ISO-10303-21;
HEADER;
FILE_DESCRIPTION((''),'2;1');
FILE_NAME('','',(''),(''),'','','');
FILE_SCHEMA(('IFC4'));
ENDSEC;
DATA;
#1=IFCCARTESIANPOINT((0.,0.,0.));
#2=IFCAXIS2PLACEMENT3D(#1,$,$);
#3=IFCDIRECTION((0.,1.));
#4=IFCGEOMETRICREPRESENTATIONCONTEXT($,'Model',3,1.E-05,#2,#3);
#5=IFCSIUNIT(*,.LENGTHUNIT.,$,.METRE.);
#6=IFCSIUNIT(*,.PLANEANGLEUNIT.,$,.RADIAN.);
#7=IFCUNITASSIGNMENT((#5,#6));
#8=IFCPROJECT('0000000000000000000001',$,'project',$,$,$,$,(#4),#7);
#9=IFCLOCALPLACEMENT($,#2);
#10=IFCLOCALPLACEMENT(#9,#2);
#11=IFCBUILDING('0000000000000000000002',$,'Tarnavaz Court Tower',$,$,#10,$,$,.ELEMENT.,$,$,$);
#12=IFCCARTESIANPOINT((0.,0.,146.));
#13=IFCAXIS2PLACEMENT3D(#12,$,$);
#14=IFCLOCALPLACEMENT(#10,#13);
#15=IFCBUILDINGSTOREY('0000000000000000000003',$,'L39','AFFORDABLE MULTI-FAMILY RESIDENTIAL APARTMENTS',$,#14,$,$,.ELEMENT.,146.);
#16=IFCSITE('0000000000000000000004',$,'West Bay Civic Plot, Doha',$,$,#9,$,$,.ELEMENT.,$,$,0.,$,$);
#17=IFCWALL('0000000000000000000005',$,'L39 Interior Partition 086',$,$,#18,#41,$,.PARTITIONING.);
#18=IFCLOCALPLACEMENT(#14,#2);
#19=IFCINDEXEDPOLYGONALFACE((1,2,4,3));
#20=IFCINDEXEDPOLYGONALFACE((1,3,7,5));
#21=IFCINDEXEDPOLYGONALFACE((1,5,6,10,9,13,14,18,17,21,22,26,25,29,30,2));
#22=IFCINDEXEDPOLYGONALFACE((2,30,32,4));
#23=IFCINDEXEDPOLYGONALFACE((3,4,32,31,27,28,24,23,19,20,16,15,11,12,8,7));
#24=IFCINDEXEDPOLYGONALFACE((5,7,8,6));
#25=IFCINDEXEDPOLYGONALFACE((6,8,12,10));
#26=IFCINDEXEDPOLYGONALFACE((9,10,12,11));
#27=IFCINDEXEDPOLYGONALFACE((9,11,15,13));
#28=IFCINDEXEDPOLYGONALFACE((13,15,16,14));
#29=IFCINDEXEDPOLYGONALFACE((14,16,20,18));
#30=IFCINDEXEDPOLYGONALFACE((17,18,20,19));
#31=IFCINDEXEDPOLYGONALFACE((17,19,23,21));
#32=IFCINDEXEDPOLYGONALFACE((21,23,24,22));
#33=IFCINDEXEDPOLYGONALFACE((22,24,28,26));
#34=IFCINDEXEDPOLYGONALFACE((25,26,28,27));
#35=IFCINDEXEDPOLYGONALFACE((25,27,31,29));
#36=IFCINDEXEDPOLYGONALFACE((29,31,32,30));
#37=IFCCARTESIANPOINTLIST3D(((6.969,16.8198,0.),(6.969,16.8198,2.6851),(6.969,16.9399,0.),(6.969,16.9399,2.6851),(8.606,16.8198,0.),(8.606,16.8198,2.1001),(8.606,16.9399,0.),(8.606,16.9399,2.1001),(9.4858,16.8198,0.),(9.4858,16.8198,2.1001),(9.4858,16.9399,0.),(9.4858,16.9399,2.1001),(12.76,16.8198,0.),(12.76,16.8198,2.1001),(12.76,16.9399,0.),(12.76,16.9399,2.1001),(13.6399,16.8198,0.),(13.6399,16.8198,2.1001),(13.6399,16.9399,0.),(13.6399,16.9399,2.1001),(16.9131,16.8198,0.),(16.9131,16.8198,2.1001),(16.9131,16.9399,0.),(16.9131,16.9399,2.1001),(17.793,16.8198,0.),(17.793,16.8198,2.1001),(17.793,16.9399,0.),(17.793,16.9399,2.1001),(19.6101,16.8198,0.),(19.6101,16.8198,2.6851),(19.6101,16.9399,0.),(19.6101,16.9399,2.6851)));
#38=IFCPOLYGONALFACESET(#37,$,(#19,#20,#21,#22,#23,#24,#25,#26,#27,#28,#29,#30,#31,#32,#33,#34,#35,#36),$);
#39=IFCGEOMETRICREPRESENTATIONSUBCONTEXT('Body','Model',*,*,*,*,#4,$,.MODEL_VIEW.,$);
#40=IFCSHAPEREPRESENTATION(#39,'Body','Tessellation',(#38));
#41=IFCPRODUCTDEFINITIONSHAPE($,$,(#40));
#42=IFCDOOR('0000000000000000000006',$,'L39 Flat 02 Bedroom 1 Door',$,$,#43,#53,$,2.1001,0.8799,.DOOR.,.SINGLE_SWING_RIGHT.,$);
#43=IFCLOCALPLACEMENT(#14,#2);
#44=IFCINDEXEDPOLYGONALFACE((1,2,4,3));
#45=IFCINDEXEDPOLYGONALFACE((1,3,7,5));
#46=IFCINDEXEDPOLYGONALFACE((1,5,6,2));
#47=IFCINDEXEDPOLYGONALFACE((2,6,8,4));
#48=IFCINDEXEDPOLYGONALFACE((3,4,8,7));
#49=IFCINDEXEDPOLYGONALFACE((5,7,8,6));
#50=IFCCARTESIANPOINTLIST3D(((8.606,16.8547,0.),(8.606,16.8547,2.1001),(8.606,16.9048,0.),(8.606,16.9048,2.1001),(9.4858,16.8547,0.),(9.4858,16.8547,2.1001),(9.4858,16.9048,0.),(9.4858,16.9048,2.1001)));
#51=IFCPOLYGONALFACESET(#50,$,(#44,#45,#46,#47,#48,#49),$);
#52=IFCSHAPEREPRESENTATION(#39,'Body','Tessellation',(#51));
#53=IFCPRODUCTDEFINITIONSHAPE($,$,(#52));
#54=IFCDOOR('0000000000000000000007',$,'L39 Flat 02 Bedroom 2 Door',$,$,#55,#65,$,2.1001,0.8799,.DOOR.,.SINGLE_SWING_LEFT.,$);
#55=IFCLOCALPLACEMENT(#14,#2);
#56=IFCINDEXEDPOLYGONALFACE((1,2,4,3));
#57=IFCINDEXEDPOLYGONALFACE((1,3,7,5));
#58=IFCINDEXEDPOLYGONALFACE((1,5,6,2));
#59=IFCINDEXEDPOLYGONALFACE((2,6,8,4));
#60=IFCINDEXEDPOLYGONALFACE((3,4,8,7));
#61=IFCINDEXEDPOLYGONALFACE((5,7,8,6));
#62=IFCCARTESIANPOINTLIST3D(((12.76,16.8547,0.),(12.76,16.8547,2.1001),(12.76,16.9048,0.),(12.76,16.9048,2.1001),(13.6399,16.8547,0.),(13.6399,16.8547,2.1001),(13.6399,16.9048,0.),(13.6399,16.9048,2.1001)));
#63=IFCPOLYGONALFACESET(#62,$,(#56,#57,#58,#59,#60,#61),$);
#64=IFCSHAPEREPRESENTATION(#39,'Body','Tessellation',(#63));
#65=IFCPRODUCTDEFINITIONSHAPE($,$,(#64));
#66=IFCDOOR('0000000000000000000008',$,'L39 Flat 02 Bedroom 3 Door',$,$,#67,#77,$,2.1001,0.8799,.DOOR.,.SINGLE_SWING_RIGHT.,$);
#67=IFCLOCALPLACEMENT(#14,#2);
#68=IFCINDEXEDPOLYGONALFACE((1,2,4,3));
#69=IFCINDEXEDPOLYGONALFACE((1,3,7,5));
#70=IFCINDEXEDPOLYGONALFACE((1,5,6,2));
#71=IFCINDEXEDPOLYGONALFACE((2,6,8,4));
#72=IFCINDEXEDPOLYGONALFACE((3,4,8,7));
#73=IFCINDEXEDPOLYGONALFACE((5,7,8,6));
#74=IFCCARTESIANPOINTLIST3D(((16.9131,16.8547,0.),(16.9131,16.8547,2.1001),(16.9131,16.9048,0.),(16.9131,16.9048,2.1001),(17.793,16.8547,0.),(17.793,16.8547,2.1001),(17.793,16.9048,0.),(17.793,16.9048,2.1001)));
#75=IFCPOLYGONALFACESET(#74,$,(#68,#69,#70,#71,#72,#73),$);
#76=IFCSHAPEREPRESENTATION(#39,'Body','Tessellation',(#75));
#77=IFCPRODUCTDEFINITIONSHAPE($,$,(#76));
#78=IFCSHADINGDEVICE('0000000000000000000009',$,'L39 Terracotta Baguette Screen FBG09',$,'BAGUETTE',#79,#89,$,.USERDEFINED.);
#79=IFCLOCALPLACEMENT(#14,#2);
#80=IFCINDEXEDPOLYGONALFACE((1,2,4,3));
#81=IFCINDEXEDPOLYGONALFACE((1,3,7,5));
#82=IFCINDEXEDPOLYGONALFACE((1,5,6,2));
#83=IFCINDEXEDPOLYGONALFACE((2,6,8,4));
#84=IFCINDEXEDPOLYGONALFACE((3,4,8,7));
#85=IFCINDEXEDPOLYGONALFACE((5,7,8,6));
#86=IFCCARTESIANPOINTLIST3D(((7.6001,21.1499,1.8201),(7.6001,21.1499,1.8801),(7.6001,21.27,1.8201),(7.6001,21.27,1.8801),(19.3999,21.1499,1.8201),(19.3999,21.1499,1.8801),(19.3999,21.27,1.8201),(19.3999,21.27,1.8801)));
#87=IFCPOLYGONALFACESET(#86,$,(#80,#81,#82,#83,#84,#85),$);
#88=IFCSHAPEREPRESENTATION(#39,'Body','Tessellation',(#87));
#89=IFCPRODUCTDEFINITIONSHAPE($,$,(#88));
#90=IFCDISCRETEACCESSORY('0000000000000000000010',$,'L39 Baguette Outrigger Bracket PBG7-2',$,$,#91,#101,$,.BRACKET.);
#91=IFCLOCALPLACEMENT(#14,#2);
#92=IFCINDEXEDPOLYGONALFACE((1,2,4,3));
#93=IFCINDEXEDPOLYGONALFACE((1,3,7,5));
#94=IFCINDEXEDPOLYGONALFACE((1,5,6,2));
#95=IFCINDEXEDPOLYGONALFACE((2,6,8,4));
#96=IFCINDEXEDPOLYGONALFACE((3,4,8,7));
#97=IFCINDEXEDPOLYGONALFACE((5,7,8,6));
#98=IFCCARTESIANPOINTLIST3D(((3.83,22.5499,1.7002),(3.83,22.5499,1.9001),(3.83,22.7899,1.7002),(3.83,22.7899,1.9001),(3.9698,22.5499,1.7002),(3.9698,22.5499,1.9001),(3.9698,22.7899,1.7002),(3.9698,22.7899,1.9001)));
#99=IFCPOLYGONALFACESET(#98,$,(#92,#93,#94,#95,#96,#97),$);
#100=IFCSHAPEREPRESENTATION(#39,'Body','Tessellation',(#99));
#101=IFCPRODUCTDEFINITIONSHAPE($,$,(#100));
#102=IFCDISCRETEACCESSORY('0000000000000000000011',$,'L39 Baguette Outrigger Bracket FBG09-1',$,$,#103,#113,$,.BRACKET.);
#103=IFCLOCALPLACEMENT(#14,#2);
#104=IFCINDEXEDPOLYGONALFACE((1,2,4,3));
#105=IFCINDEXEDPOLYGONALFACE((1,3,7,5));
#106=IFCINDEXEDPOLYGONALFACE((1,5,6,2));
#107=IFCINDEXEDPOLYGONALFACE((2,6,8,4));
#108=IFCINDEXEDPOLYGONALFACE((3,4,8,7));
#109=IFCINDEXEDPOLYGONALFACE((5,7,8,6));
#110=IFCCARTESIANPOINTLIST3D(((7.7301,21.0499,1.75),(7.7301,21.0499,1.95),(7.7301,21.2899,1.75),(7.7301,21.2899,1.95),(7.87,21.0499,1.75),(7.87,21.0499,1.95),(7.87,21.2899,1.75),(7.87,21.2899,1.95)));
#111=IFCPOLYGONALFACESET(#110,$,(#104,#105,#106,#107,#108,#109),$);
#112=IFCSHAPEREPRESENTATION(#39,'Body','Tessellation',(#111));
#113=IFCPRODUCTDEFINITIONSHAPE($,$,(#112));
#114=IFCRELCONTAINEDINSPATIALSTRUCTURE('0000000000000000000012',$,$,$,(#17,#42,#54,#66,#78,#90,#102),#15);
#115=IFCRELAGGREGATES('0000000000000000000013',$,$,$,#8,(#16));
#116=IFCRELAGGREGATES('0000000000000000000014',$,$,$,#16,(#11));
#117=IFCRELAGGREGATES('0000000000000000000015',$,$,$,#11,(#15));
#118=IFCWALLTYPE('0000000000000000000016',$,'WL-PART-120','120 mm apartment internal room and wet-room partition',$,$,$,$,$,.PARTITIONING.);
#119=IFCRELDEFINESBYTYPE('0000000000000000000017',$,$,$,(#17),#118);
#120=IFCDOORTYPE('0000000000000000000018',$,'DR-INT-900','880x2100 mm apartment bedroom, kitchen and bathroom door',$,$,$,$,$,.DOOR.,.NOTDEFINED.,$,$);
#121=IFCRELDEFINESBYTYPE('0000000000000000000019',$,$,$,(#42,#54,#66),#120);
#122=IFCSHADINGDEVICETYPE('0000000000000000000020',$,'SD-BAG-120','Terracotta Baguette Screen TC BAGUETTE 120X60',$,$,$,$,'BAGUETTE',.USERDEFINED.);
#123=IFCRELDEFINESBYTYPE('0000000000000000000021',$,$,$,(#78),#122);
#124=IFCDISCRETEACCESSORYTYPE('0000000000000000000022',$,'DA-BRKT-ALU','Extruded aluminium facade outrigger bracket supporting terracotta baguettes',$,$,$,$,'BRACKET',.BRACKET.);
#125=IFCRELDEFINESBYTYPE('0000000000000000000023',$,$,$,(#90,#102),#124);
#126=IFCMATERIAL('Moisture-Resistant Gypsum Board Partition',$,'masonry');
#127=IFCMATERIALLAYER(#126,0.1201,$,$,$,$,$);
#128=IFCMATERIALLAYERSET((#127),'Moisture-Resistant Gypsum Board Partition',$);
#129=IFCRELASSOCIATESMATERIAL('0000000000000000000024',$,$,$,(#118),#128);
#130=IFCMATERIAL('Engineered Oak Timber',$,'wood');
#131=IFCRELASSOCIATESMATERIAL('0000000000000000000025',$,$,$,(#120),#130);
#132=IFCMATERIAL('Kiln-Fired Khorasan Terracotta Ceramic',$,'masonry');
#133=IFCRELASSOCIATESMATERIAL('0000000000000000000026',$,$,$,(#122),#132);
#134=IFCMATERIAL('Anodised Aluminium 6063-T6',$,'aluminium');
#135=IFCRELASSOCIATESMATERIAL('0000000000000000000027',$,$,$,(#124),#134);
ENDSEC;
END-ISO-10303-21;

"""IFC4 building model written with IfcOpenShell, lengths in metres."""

from ifc_helpers import new_model, si_unit, direction, frame, frame_2d, origin, origin_2d, place, context, subcontext, project, spatial, rectangle, extrude, material, layer, layer_set, material_profile, profile_set, type_object, element, fill, save


model = new_model("IFC4")

# Units and contexts
model_context = context("Model", 3, precision=1e-05, world=origin(), true_north=direction((0.0, 1.0)))
body_context = subcontext(model_context, "Body", "Model", "MODEL_VIEW")
ifc_project = project(units=[si_unit("LENGTHUNIT", "METRE"), si_unit("PLANEANGLEUNIT", "RADIAN")], contexts=[model_context])

# Site, building, storey
site_placement = place(None, origin())
site = spatial("IfcSite", under=ifc_project, at=site_placement, Name="West Bay Civic Plot, Doha", CompositionType="ELEMENT", RefElevation=0.0)
building_placement = place(site_placement, origin())
building = spatial("IfcBuilding", under=site, at=building_placement, Name="Tarnavaz Court Tower", CompositionType="ELEMENT")
storey_placement = place(building_placement, frame((0.0, 0.0, 146.0)))
storey = spatial("IfcBuildingStorey", under=building, at=storey_placement, Name="L39", Description="AFFORDABLE MULTI-FAMILY RESIDENTIAL APARTMENTS", CompositionType="ELEMENT", Elevation=146.0)

# Shared definitions
ifc_material_1 = material(Name="Anodised Aluminium 6063-T6", Category="aluminium")

# Shared definitions
ifc_material_2 = material(Name="Moisture-Resistant Gypsum Board Partition", Category="masonry")
ifc_layer_1 = layer(ifc_material_2, 0.1201)
ifc_layer_set_1 = layer_set([ifc_layer_1], Name="Moisture-Resistant Gypsum Board Partition")
wall_type_1 = type_object("IfcWallType", Name="WL-PART-120", Description="120 mm apartment internal room and wet-room partition", PredefinedType="PARTITIONING", material=ifc_layer_set_1)
ifc_material_3 = material(Name="Engineered Oak Timber", Category="wood")
door_type = type_object("IfcDoorType", Name="DR-INT-900", Description="880x2100 mm apartment bedroom, kitchen and bathroom door", OperationType="NOTDEFINED", PredefinedType="DOOR", material=ifc_material_3)

# Wall, openings, doors
wall_1_placement = place(storey_placement, frame((6.969, 16.8799, 0.0), z_axis=(0.0, 0.0, 1.0), x_axis=(1.0, 0.0, 0.0)))
wall_1 = element("IfcWall", 1, at=wall_1_placement, inside=storey, type_object=wall_type_1, Name="L39 Interior Partition 086", PredefinedType="PARTITIONING", context=body_context, shape_type="SweptSolid", body=[
    extrude(rectangle(XDim=12.6411, YDim=0.1201, at=frame_2d((6.3206, 0.0))), origin(), (0.0, 0.0, 1.0), 2.6851),
])
opening_1_placement = place(wall_1_placement, frame((1.637, 0.0, 0.0)))
opening_1 = element("IfcOpeningElement", 2, at=opening_1_placement, cuts=wall_1, PredefinedType="OPENING", context=body_context, shape_type="SweptSolid", body=[
    extrude(rectangle(XDim=0.8799, YDim=2.1001, at=frame_2d((0.4399, 1.05))), frame((0.0, 0.0701, 0.0), z_axis=(0.0, -1.0, 0.0), x_axis=(1.0, 0.0, 0.0)), (0.0, 0.0, 1.0), 0.1401),
])
opening_2_placement = place(wall_1_placement, frame((5.791, 0.0, 0.0)))
opening_2 = element("IfcOpeningElement", 3, at=opening_2_placement, cuts=wall_1, PredefinedType="OPENING", context=body_context, shape_type="SweptSolid", body=[
    extrude(rectangle(XDim=0.8799, YDim=2.1001, at=frame_2d((0.4399, 1.05))), frame((0.0, 0.0701, 0.0), z_axis=(0.0, -1.0, 0.0), x_axis=(1.0, 0.0, 0.0)), (0.0, 0.0, 1.0), 0.1401),
])
opening_3_placement = place(wall_1_placement, frame((9.9441, 0.0, 0.0)))
opening_3 = element("IfcOpeningElement", 4, at=opening_3_placement, cuts=wall_1, PredefinedType="OPENING", context=body_context, shape_type="SweptSolid", body=[
    extrude(rectangle(XDim=0.8799, YDim=2.1001, at=frame_2d((0.4399, 1.05))), frame((0.0, 0.0701, 0.0), z_axis=(0.0, -1.0, 0.0), x_axis=(1.0, 0.0, 0.0)), (0.0, 0.0, 1.0), 0.1401),
])
door_1_placement = place(opening_1_placement, origin())
door_1 = element("IfcDoor", 5, at=door_1_placement, inside=storey, type_object=door_type, Name="L39 Flat 02 Bedroom 1 Door", OperationType="SINGLE_SWING_RIGHT", OverallHeight=2.1001, OverallWidth=0.8799, PredefinedType="DOOR", context=body_context, shape_type="SweptSolid", body=[
    extrude(rectangle(XDim=0.8799, YDim=2.1001, at=frame_2d((0.4399, 1.05))), frame((0.0, 0.0249, 0.0), z_axis=(0.0, -1.0, 0.0), x_axis=(1.0, 0.0, 0.0)), (0.0, 0.0, 1.0), 0.05),
])
fill(opening_1, door_1)
door_2_placement = place(opening_2_placement, origin())
door_2 = element("IfcDoor", 6, at=door_2_placement, inside=storey, type_object=door_type, Name="L39 Flat 02 Bedroom 2 Door", OperationType="SINGLE_SWING_LEFT", OverallHeight=2.1001, OverallWidth=0.8799, PredefinedType="DOOR", context=body_context, shape_type="SweptSolid", body=[
    extrude(rectangle(XDim=0.8799, YDim=2.1001, at=frame_2d((0.4399, 1.05))), frame((0.0, 0.0249, 0.0), z_axis=(0.0, -1.0, 0.0), x_axis=(1.0, 0.0, 0.0)), (0.0, 0.0, 1.0), 0.05),
])
fill(opening_2, door_2)
door_3_placement = place(opening_3_placement, origin())
door_3 = element("IfcDoor", 7, at=door_3_placement, inside=storey, type_object=door_type, Name="L39 Flat 02 Bedroom 3 Door", OperationType="SINGLE_SWING_RIGHT", OverallHeight=2.1001, OverallWidth=0.8799, PredefinedType="DOOR", context=body_context, shape_type="SweptSolid", body=[
    extrude(rectangle(XDim=0.8799, YDim=2.1001, at=frame_2d((0.4399, 1.05))), frame((0.0, 0.0249, 0.0), z_axis=(0.0, -1.0, 0.0), x_axis=(1.0, 0.0, 0.0)), (0.0, 0.0, 1.0), 0.05),
])
fill(opening_3, door_3)

# Shading device
ifc_material_4 = material(Name="Kiln-Fired Khorasan Terracotta Ceramic", Category="masonry")
ifc_material_profile_1 = material_profile(ifc_material_4, rectangle(XDim=0.1201, YDim=0.0601, at=origin_2d()), Name="TC BAGUETTE 120X60")
ifc_profile_set_1 = profile_set([ifc_material_profile_1], Name="Kiln-Fired Khorasan Terracotta Ceramic")
shading_device_type = type_object("IfcShadingDeviceType", Name="SD-BAG-120", Description="Terracotta Baguette Screen TC BAGUETTE 120X60", ElementType="BAGUETTE", PredefinedType="USERDEFINED", material=ifc_profile_set_1)
shading_device_placement = place(storey_placement, frame((7.6001, 21.21, 1.8501), z_axis=(1.0, 0.0, 0.0), x_axis=(0.0, 1.0, 0.0)))
element("IfcShadingDevice", 8, at=shading_device_placement, inside=storey, type_object=shading_device_type, Name="L39 Terracotta Baguette Screen FBG09", ObjectType="BAGUETTE", PredefinedType="USERDEFINED", context=body_context, shape_type="SweptSolid", body=[
    extrude(rectangle(XDim=0.1201, YDim=0.0601, at=origin_2d()), origin(), (0.0, 0.0, 1.0), 11.7998),
])

# Discrete accessories
discrete_accessory_type = type_object("IfcDiscreteAccessoryType", Name="DA-BRKT-ALU", Description="Extruded aluminium facade outrigger bracket supporting terracotta baguettes", ElementType="BRACKET", PredefinedType="BRACKET", material=ifc_material_1)
for number, where, z_axis, x_axis, name in (
    (9, (3.8999, 22.6699, 1.7002), (0.0, 0.0, 1.0), (1.0, 0.0, 0.0), "L39 Baguette Outrigger Bracket PBG7-2"),
    (10, (7.8, 21.1699, 1.75), (0.0, 0.0, 1.0), (1.0, 0.0, 0.0), "L39 Baguette Outrigger Bracket FBG09-1"),
):
    element("IfcDiscreteAccessory", number, at=place(storey_placement, frame(where, z_axis=z_axis, x_axis=x_axis)), inside=storey, type_object=discrete_accessory_type, Name=name, PredefinedType="BRACKET", context=body_context, shape_type="SweptSolid", body=[
        extrude(rectangle(XDim=0.1399, YDim=0.24, at=origin_2d()), origin(), (0.0, 0.0, 1.0), 0.2),
    ])

save(model, "model.ifc")
